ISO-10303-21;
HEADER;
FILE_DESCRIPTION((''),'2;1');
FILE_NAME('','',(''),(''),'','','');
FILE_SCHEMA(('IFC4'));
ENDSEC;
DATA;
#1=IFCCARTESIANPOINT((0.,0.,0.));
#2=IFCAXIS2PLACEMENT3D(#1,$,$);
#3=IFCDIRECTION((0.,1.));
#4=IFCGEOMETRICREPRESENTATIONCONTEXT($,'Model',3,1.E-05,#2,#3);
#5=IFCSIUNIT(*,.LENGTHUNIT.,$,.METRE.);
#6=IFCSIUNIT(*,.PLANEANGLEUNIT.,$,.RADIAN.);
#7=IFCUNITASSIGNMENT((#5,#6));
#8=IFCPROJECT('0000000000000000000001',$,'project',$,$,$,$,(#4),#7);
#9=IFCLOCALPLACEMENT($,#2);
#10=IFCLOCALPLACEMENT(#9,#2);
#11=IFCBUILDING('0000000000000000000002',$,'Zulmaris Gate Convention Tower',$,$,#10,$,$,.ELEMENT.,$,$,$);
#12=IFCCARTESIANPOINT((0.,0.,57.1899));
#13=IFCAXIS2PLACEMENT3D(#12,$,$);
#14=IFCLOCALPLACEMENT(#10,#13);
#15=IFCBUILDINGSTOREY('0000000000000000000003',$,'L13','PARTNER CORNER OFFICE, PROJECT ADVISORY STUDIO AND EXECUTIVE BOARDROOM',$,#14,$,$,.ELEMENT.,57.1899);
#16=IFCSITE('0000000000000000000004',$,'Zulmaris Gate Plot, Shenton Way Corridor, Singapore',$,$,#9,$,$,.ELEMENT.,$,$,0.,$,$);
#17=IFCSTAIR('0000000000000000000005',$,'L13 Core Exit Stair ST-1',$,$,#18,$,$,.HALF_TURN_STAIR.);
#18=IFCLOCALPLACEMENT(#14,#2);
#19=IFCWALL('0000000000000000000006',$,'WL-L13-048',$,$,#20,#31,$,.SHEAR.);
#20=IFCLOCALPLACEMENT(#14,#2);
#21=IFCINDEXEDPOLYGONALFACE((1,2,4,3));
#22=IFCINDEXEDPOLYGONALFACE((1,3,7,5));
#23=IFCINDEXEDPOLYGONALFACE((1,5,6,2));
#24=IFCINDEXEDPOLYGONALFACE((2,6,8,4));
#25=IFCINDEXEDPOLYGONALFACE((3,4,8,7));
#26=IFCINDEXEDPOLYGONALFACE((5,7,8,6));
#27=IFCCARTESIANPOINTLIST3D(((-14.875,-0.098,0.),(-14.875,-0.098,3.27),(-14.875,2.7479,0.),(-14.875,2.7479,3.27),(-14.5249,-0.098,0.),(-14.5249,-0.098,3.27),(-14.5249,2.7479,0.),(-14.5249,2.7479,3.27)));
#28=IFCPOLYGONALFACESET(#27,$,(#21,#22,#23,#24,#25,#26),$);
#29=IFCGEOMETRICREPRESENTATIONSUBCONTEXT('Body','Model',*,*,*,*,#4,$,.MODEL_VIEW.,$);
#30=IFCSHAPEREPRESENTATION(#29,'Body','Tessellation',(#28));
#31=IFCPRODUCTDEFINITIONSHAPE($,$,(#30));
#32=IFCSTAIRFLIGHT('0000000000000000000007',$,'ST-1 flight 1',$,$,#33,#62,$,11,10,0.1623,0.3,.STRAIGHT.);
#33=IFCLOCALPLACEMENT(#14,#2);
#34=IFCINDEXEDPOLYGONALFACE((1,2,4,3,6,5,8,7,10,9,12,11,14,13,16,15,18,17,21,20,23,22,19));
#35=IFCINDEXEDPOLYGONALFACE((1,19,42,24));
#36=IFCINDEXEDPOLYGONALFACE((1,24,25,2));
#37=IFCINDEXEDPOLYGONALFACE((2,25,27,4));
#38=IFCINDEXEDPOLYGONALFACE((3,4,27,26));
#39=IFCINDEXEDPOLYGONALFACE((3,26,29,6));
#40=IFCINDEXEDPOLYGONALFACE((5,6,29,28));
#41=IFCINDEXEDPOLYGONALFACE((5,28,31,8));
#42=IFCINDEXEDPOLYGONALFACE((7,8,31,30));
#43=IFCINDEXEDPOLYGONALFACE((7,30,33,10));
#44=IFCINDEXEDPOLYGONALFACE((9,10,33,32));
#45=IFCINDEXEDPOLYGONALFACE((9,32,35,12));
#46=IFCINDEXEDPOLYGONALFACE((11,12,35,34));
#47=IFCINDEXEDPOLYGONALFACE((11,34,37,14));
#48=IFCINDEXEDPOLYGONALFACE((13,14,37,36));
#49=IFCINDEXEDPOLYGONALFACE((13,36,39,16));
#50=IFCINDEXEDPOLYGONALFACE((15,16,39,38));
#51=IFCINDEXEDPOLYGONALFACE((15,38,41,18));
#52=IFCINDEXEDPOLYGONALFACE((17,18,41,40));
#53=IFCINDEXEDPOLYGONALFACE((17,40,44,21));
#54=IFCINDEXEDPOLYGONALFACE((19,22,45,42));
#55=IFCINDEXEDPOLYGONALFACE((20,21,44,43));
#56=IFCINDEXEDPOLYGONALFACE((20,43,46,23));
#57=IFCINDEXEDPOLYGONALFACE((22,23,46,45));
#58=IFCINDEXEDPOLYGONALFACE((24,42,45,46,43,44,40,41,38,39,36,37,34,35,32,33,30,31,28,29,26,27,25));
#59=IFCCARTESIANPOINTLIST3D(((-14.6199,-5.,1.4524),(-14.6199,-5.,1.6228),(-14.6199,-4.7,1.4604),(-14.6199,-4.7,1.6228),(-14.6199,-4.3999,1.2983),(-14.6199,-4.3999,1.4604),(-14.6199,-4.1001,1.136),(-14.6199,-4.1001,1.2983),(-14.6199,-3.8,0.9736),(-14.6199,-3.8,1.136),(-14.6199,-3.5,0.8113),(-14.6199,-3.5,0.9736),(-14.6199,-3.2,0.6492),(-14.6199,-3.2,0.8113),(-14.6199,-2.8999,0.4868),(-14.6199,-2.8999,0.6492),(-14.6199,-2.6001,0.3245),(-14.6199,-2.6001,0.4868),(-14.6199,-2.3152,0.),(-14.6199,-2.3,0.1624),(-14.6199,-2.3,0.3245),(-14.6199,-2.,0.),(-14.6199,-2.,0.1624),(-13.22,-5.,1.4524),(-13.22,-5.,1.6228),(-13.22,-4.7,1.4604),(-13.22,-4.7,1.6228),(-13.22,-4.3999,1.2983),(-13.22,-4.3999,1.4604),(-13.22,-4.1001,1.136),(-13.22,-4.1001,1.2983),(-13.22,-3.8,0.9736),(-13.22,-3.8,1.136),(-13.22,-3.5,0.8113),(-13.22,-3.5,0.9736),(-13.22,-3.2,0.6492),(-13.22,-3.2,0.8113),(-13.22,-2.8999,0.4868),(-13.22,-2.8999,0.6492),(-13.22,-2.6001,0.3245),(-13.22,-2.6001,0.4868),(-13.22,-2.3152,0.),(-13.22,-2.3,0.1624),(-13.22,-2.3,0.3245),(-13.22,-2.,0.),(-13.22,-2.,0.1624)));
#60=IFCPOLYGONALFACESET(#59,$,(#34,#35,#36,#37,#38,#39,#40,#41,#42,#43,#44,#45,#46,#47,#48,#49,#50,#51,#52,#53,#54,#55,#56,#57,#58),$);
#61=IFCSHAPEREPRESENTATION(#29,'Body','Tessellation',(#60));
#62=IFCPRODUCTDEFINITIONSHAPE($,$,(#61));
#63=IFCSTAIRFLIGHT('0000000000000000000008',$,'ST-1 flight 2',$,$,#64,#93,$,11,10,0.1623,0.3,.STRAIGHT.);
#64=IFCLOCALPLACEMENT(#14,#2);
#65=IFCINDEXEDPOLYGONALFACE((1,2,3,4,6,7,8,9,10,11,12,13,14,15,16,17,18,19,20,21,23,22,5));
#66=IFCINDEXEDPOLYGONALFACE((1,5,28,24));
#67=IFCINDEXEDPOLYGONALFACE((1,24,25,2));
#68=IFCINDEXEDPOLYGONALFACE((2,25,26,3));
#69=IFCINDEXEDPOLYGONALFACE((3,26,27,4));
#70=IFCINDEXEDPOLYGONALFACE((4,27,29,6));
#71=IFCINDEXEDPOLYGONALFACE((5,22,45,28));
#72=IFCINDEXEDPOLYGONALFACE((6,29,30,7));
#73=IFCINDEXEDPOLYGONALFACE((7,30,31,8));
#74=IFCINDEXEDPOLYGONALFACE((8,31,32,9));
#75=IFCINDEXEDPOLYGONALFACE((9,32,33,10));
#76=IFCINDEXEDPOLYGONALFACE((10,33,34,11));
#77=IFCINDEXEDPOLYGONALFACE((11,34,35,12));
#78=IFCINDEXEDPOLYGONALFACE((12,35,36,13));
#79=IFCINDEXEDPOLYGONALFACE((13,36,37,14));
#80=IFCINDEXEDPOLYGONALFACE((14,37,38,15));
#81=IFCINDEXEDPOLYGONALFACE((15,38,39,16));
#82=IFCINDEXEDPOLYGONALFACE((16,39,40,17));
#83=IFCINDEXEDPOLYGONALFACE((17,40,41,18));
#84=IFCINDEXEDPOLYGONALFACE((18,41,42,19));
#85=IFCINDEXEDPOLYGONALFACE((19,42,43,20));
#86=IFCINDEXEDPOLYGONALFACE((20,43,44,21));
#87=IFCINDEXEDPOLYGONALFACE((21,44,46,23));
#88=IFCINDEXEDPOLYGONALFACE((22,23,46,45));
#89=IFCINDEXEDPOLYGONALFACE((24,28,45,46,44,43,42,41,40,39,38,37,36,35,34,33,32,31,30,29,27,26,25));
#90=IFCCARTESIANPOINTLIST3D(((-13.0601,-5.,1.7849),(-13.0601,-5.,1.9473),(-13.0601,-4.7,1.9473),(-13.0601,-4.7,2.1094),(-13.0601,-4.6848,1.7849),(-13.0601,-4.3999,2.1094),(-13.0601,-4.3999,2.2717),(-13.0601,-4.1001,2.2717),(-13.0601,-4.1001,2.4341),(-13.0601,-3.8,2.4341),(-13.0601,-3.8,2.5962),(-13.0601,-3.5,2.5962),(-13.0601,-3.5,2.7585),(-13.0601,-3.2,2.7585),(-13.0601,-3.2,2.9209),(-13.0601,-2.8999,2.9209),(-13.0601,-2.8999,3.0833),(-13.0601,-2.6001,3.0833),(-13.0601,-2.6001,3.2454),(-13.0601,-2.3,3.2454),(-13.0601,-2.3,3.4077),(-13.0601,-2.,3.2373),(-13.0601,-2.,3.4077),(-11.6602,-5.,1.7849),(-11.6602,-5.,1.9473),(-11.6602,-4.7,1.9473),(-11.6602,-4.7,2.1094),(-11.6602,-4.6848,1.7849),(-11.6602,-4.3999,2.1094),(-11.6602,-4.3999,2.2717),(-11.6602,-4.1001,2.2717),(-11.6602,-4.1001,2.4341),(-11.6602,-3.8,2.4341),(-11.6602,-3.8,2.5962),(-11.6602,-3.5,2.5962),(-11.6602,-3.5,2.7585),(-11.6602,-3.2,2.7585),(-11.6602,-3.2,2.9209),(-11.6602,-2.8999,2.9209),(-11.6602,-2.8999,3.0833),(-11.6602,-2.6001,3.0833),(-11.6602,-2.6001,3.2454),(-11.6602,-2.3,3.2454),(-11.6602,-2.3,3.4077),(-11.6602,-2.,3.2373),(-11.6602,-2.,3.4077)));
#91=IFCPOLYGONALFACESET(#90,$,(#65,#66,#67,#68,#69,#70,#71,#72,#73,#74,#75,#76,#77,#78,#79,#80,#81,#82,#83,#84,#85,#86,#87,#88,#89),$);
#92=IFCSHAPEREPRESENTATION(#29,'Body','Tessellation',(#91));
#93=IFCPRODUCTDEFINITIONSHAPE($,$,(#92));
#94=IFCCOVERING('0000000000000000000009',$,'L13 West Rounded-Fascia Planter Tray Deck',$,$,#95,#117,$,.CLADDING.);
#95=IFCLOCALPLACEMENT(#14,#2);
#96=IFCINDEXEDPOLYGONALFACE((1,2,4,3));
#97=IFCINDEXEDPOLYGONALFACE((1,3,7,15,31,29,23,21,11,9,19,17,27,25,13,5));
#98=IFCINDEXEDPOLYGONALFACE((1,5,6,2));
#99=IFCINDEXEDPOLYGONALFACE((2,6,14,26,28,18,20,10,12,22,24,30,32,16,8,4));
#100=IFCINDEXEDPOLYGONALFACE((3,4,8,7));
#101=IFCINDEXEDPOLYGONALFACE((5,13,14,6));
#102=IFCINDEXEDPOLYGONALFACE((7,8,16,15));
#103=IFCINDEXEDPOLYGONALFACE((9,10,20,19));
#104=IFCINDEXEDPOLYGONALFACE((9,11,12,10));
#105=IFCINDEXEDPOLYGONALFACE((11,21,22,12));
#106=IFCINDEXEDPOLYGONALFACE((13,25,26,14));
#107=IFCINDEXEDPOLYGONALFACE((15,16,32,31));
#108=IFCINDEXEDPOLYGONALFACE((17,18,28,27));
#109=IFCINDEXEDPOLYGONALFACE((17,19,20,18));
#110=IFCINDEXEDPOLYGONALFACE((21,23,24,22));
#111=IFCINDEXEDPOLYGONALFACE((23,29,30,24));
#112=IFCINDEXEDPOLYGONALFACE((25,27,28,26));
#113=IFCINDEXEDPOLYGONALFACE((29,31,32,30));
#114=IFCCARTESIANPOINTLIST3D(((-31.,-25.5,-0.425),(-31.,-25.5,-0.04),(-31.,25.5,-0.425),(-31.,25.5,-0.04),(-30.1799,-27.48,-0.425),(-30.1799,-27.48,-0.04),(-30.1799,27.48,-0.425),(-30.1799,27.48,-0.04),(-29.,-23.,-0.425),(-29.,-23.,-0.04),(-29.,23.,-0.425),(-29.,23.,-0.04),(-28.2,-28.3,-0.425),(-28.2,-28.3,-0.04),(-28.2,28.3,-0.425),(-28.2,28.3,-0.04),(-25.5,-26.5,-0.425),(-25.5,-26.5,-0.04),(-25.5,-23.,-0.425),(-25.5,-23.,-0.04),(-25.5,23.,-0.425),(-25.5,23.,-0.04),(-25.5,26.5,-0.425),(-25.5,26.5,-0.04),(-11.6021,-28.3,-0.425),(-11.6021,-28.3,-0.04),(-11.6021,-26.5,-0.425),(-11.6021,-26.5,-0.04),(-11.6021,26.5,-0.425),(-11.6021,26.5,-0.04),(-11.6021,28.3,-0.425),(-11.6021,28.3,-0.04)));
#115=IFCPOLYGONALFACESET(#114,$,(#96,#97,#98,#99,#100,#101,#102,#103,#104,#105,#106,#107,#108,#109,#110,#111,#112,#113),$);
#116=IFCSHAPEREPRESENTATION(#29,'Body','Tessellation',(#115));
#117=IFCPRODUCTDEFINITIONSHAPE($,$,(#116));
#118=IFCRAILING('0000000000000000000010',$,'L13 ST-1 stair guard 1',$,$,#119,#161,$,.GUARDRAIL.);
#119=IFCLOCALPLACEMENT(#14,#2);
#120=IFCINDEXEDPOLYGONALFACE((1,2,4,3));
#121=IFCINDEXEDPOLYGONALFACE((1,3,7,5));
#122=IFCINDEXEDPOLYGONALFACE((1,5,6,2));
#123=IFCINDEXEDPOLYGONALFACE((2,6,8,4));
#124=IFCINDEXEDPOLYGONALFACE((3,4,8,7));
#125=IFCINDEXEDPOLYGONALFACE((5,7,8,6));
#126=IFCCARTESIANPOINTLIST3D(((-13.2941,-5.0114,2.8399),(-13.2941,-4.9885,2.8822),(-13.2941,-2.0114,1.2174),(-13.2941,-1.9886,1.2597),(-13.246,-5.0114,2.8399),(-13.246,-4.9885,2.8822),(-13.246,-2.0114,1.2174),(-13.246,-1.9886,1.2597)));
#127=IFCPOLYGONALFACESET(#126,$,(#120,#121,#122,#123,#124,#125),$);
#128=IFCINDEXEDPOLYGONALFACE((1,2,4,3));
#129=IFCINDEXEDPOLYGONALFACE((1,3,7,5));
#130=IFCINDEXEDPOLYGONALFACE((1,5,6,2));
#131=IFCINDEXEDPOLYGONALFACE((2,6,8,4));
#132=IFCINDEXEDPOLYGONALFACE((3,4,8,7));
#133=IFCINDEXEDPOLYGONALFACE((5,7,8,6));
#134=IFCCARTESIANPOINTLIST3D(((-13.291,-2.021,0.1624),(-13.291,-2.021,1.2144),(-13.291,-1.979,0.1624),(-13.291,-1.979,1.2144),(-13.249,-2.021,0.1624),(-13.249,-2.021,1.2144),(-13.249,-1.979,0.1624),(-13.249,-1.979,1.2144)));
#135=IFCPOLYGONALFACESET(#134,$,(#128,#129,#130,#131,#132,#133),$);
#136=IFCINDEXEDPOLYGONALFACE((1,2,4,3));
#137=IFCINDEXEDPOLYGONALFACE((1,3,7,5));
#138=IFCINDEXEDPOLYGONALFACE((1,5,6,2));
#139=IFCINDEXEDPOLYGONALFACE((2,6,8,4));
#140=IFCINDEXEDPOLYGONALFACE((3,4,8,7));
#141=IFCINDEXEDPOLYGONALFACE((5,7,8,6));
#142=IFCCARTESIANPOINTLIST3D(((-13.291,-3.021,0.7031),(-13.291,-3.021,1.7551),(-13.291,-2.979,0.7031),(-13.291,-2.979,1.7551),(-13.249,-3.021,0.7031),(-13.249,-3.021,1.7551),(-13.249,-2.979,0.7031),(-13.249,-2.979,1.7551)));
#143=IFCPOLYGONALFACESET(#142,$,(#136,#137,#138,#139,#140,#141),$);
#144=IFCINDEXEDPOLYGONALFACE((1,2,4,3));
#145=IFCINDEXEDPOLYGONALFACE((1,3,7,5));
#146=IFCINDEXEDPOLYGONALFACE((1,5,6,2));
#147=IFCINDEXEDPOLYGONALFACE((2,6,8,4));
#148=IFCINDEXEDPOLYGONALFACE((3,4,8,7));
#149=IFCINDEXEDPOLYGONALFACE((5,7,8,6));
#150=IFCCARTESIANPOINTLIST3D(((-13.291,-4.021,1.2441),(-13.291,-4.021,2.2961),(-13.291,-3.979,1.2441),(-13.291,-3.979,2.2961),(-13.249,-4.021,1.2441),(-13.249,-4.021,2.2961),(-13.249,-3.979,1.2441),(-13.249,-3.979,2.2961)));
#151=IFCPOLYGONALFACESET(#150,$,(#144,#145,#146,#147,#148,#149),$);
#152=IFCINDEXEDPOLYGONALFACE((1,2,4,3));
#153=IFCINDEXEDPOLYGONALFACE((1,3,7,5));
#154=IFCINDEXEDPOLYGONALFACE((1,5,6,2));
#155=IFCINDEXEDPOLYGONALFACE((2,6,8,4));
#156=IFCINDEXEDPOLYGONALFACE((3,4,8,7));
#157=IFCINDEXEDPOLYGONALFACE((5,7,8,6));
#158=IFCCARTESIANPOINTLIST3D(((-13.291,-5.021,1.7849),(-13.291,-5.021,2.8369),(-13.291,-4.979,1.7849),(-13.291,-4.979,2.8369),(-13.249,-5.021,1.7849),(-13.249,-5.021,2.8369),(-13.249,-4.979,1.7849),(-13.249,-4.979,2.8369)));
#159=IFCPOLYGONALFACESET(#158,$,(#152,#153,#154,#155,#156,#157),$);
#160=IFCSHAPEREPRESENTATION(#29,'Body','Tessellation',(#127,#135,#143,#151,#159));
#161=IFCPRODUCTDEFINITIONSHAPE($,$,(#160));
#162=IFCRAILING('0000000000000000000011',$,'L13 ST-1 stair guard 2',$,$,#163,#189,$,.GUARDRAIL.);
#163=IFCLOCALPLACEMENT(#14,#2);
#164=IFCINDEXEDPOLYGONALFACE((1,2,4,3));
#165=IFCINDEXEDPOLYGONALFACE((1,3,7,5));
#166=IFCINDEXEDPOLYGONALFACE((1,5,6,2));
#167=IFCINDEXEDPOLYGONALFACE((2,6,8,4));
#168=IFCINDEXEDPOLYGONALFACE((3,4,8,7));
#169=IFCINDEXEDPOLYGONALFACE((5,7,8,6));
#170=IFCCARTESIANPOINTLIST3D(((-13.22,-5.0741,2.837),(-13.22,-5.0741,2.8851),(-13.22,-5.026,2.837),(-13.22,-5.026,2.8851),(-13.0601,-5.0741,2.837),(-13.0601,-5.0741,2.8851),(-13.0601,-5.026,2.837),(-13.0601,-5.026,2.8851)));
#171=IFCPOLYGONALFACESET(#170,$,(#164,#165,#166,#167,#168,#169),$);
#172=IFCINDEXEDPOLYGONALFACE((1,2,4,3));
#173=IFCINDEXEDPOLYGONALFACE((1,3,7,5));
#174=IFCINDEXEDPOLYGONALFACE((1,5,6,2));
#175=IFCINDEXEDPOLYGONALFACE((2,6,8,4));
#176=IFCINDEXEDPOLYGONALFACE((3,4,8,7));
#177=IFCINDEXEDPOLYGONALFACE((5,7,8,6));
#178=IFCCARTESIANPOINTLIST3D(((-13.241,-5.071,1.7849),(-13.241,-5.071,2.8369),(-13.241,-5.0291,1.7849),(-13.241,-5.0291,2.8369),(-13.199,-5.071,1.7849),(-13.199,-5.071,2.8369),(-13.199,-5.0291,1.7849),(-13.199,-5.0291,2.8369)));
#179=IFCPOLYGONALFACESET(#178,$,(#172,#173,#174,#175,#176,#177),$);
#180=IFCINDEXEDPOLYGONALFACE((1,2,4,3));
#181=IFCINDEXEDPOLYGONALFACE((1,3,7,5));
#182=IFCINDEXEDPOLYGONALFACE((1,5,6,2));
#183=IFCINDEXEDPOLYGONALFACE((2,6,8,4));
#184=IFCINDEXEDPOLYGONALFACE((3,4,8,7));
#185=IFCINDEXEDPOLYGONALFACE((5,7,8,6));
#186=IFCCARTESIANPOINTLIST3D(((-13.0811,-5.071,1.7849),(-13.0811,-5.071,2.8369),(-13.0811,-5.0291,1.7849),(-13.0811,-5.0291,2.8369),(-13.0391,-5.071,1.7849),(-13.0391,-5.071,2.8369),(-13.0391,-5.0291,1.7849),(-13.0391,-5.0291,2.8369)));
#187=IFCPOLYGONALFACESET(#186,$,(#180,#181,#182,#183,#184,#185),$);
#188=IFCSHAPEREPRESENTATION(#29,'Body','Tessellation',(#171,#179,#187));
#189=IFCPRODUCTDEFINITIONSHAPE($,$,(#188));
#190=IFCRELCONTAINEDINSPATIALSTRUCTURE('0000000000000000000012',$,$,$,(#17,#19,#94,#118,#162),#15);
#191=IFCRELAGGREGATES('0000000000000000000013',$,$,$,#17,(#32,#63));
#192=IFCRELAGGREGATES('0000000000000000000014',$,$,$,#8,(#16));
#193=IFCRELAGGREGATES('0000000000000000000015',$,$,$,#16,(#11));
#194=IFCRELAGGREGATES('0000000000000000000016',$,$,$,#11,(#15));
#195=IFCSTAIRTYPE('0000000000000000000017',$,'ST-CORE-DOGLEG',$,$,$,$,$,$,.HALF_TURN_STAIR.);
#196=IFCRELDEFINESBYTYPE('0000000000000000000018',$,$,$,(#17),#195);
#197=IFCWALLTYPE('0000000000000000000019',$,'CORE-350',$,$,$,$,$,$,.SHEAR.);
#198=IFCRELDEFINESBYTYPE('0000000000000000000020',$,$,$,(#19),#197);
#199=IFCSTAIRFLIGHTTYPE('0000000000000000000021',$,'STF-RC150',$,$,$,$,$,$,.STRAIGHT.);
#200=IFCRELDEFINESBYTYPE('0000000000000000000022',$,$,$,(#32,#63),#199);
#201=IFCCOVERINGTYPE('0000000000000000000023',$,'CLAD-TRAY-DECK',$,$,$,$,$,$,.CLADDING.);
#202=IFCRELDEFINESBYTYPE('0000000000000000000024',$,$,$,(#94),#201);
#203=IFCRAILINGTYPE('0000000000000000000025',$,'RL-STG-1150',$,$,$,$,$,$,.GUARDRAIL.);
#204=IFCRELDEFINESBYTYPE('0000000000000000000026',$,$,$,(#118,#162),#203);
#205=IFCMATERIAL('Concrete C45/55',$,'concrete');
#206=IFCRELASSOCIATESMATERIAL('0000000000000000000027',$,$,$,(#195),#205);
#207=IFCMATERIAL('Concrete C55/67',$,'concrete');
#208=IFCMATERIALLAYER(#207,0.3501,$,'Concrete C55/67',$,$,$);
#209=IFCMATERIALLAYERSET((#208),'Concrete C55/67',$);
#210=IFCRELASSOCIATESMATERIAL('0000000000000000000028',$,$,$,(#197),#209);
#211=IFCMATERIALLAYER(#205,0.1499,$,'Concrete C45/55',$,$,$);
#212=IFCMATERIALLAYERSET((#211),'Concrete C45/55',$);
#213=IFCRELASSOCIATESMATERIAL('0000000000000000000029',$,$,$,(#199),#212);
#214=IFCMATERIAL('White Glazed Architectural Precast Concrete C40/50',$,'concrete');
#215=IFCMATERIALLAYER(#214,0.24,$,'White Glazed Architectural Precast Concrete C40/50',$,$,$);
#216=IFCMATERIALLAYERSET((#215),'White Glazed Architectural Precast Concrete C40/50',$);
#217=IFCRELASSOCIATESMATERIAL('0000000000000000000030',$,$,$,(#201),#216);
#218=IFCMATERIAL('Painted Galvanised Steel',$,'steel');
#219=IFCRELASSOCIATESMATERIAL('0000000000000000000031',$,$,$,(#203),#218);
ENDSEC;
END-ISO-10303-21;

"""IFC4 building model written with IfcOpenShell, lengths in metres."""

from ifc_helpers import new_model, si_unit, direction, frame, frame_2d, origin, origin_2d, place, context, subcontext, project, spatial, polyline, rectangle, outline, extrude, material, layer, layer_set, type_object, element, aggregate, save


model = new_model("IFC4")

# Units and contexts
model_context = context("Model", 3, precision=1e-05, world=origin(), true_north=direction((0.0, 1.0)))
body_context = subcontext(model_context, "Body", "Model", "MODEL_VIEW")
ifc_project = project(units=[si_unit("LENGTHUNIT", "METRE"), si_unit("PLANEANGLEUNIT", "RADIAN")], contexts=[model_context])

# Site, building, storey
site_placement = place(None, origin())
site = spatial("IfcSite", under=ifc_project, at=site_placement, Name="Zulmaris Gate Plot, Shenton Way Corridor, Singapore", CompositionType="ELEMENT", RefElevation=0.0)
building_placement = place(site_placement, origin())
building = spatial("IfcBuilding", under=site, at=building_placement, Name="Zulmaris Gate Convention Tower", CompositionType="ELEMENT")
storey_placement = place(building_placement, frame((0.0, 0.0, 57.1899)))
storey = spatial("IfcBuildingStorey", under=building, at=storey_placement, Name="L13", Description="PARTNER CORNER OFFICE, PROJECT ADVISORY STUDIO AND EXECUTIVE BOARDROOM", CompositionType="ELEMENT", Elevation=57.1899)

# Stair
ifc_material_1 = material(Name="Concrete C45/55", Category="concrete")
stair_type = type_object("IfcStairType", Name="ST-CORE-DOGLEG", PredefinedType="HALF_TURN_STAIR", material=ifc_material_1)
stair_placement = place(storey_placement, origin())
stair = element("IfcStair", 1, at=stair_placement, inside=storey, type_object=stair_type, Name="L13 Core Exit Stair ST-1", PredefinedType="HALF_TURN_STAIR")

# Wall
ifc_material_2 = material(Name="Concrete C55/67", Category="concrete")
ifc_layer_1 = layer(ifc_material_2, 0.3501, Name="Concrete C55/67")
ifc_layer_set_1 = layer_set([ifc_layer_1], Name="Concrete C55/67")
wall_type_1 = type_object("IfcWallType", Name="CORE-350", PredefinedType="SHEAR", material=ifc_layer_set_1)
wall_1_placement = place(storey_placement, frame((-14.7, -0.0979, 0.0), z_axis=(0.0, 0.0, 1.0), x_axis=(0.0, 1.0, 0.0)))
element("IfcWall", 2, at=wall_1_placement, inside=storey, type_object=wall_type_1, Name="WL-L13-048", PredefinedType="SHEAR", context=body_context, shape_type="SweptSolid", body=[
    extrude(rectangle(XDim=2.8459, YDim=0.3501, at=frame_2d((1.4229, 0.0))), origin(), (0.0, 0.0, 1.0), 3.27),
])

# Stair flights
ifc_layer_2 = layer(ifc_material_1, 0.1499, Name="Concrete C45/55")
ifc_layer_set_2 = layer_set([ifc_layer_2], Name="Concrete C45/55")
stair_flight_type = type_object("IfcStairFlightType", Name="STF-RC150", PredefinedType="STRAIGHT", material=ifc_layer_set_2)
stair_flight_1_placement = place(storey_placement, frame((-13.9199, -2.0, 0.0), z_axis=(0.0, 0.0, 1.0), x_axis=(0.0, -1.0, 0.0)))
stair_flight_1 = element("IfcStairFlight", 3, at=stair_flight_1_placement, type_object=stair_flight_type, Name="ST-1 flight 1", NumberOfRisers=11, NumberOfTreads=10, PredefinedType="STRAIGHT", RiserHeight=0.1623, TreadLength=0.3, context=body_context, shape_type="SweptSolid", body=[
    extrude(outline(polyline([(0.0, 0.0), (0.0, 0.1624), (0.3, 0.1624), (0.3, 0.3245), (0.6001, 0.3245), (0.6001, 0.4868), (0.8999, 0.4868), (0.8999, 0.6492), (1.2, 0.6492), (1.2, 0.8113), (1.5, 0.8113), (1.5, 0.9736), (1.8, 0.9736), (1.8, 1.136), (2.1001, 1.136), (2.1001, 1.2983), (2.3999, 1.2983), (2.3999, 1.4604), (2.7, 1.4604), (2.7, 1.6228), (3.0, 1.6228), (3.0, 1.7852), (3.0, 1.4524), (0.3152, 0.0), (0.0, 0.0)])), frame((0.0, 0.7, 0.0), z_axis=(0.0, -1.0, 0.0), x_axis=(1.0, 0.0, 0.0)), (0.0, 0.0, 1.0), 1.3999),
])
stair_flight_2_placement = place(storey_placement, frame((-12.3601, -5.0, 1.7849), z_axis=(0.0, 0.0, 1.0), x_axis=(0.0, 1.0, 0.0)))
stair_flight_2 = element("IfcStairFlight", 4, at=stair_flight_2_placement, type_object=stair_flight_type, Name="ST-1 flight 2", NumberOfRisers=11, NumberOfTreads=10, PredefinedType="STRAIGHT", RiserHeight=0.1623, TreadLength=0.3, context=body_context, shape_type="SweptSolid", body=[
    extrude(outline(polyline([(0.0, 0.0), (0.0, 0.1624), (0.3, 0.1624), (0.3, 0.3245), (0.6001, 0.3245), (0.6001, 0.4868), (0.8999, 0.4868), (0.8999, 0.6492), (1.2, 0.6492), (1.2, 0.8113), (1.5, 0.8113), (1.5, 0.9736), (1.8, 0.9736), (1.8, 1.136), (2.1001, 1.136), (2.1001, 1.2983), (2.3999, 1.2983), (2.3999, 1.4604), (2.7, 1.4604), (2.7, 1.6228), (3.0, 1.6228), (3.0, 1.7852), (3.0, 1.4524), (0.3152, 0.0), (0.0, 0.0)])), frame((0.0, 0.7, 0.0), z_axis=(0.0, -1.0, 0.0), x_axis=(1.0, 0.0, 0.0)), (0.0, 0.0, 1.0), 1.3999),
])
aggregate(stair, [stair_flight_1, stair_flight_2])

# Covering
ifc_material_3 = material(Name="White Glazed Architectural Precast Concrete C40/50", Category="concrete")
ifc_layer_3 = layer(ifc_material_3, 0.24, Name="White Glazed Architectural Precast Concrete C40/50")
ifc_layer_set_3 = layer_set([ifc_layer_3], Name="White Glazed Architectural Precast Concrete C40/50")
covering_type = type_object("IfcCoveringType", Name="CLAD-TRAY-DECK", PredefinedType="CLADDING", material=ifc_layer_set_3)
covering_placement = place(storey_placement, frame((0.0, 0.0, -0.425)))
element("IfcCovering", 5, at=covering_placement, inside=storey, type_object=covering_type, Name="L13 West Rounded-Fascia Planter Tray Deck", PredefinedType="CLADDING", context=body_context, shape_type="SweptSolid", body=[
    extrude(outline(polyline([(-31.0, 25.5), (-30.1799, 27.48), (-28.2, 28.3), (-11.6021, 28.3), (-11.6021, 26.5), (-25.5, 26.5), (-25.5, 23.0), (-29.0, 23.0), (-29.0, -23.0), (-25.5, -23.0), (-25.5, -26.5), (-11.6021, -26.5), (-11.6021, -28.3), (-28.2, -28.3), (-30.1799, -27.48), (-31.0, -25.5), (-31.0, 25.5)])), origin(), (0.0, 0.0, 1.0), 0.385),
])

# Railings
ifc_material_4 = material(Name="Painted Galvanised Steel", Category="steel")
railing_type_1 = type_object("IfcRailingType", Name="RL-STG-1150", PredefinedType="GUARDRAIL", material=ifc_material_4)
railing_1_placement = place(storey_placement, frame((-13.27, -2.0, 0.1624)))
element("IfcRailing", 6, at=railing_1_placement, inside=storey, type_object=railing_type_1, Name="L13 ST-1 stair guard 1", PredefinedType="GUARDRAIL", context=body_context, shape_type="SweptSolid", body=[
    extrude(rectangle(XDim=0.0481, YDim=0.0481, at=origin_2d()), frame((0.0, 0.0, 1.0762), z_axis=(0.0, -0.879592, 0.47573), x_axis=(1.0, 0.0, 0.0)), (0.0, 0.0, 1.0), 3.4106),
    extrude(rectangle(XDim=0.042, YDim=0.042, at=origin_2d()), origin(), (0.0, 0.0, 1.0), 1.052),
    extrude(rectangle(XDim=0.042, YDim=0.042, at=origin_2d()), frame((0.0, -1.0, 0.5408)), (0.0, 0.0, 1.0), 1.052),
    extrude(rectangle(XDim=0.042, YDim=0.042, at=origin_2d()), frame((0.0, -2.0, 1.0818)), (0.0, 0.0, 1.0), 1.052),
    extrude(rectangle(XDim=0.042, YDim=0.042, at=origin_2d()), frame((0.0, -3.0, 1.6226)), (0.0, 0.0, 1.0), 1.052),
])
railing_2_placement = place(storey_placement, frame((-13.22, -5.05, 1.7849)))
element("IfcRailing", 7, at=railing_2_placement, inside=storey, type_object=railing_type_1, Name="L13 ST-1 stair guard 2", PredefinedType="GUARDRAIL", context=body_context, shape_type="SweptSolid", body=[
    extrude(rectangle(XDim=0.0481, YDim=0.0481, at=origin_2d()), frame((0.0, 0.0, 1.0762), z_axis=(1.0, 0.0, 0.0), x_axis=(0.0, 1.0, 0.0)), (0.0, 0.0, 1.0), 0.1599),
    extrude(rectangle(XDim=0.042, YDim=0.042, at=origin_2d()), origin(), (0.0, 0.0, 1.0), 1.052),
    extrude(rectangle(XDim=0.042, YDim=0.042, at=origin_2d()), frame((0.1599, 0.0, 0.0)), (0.0, 0.0, 1.0), 1.052),
])

save(model, "model.ifc")
